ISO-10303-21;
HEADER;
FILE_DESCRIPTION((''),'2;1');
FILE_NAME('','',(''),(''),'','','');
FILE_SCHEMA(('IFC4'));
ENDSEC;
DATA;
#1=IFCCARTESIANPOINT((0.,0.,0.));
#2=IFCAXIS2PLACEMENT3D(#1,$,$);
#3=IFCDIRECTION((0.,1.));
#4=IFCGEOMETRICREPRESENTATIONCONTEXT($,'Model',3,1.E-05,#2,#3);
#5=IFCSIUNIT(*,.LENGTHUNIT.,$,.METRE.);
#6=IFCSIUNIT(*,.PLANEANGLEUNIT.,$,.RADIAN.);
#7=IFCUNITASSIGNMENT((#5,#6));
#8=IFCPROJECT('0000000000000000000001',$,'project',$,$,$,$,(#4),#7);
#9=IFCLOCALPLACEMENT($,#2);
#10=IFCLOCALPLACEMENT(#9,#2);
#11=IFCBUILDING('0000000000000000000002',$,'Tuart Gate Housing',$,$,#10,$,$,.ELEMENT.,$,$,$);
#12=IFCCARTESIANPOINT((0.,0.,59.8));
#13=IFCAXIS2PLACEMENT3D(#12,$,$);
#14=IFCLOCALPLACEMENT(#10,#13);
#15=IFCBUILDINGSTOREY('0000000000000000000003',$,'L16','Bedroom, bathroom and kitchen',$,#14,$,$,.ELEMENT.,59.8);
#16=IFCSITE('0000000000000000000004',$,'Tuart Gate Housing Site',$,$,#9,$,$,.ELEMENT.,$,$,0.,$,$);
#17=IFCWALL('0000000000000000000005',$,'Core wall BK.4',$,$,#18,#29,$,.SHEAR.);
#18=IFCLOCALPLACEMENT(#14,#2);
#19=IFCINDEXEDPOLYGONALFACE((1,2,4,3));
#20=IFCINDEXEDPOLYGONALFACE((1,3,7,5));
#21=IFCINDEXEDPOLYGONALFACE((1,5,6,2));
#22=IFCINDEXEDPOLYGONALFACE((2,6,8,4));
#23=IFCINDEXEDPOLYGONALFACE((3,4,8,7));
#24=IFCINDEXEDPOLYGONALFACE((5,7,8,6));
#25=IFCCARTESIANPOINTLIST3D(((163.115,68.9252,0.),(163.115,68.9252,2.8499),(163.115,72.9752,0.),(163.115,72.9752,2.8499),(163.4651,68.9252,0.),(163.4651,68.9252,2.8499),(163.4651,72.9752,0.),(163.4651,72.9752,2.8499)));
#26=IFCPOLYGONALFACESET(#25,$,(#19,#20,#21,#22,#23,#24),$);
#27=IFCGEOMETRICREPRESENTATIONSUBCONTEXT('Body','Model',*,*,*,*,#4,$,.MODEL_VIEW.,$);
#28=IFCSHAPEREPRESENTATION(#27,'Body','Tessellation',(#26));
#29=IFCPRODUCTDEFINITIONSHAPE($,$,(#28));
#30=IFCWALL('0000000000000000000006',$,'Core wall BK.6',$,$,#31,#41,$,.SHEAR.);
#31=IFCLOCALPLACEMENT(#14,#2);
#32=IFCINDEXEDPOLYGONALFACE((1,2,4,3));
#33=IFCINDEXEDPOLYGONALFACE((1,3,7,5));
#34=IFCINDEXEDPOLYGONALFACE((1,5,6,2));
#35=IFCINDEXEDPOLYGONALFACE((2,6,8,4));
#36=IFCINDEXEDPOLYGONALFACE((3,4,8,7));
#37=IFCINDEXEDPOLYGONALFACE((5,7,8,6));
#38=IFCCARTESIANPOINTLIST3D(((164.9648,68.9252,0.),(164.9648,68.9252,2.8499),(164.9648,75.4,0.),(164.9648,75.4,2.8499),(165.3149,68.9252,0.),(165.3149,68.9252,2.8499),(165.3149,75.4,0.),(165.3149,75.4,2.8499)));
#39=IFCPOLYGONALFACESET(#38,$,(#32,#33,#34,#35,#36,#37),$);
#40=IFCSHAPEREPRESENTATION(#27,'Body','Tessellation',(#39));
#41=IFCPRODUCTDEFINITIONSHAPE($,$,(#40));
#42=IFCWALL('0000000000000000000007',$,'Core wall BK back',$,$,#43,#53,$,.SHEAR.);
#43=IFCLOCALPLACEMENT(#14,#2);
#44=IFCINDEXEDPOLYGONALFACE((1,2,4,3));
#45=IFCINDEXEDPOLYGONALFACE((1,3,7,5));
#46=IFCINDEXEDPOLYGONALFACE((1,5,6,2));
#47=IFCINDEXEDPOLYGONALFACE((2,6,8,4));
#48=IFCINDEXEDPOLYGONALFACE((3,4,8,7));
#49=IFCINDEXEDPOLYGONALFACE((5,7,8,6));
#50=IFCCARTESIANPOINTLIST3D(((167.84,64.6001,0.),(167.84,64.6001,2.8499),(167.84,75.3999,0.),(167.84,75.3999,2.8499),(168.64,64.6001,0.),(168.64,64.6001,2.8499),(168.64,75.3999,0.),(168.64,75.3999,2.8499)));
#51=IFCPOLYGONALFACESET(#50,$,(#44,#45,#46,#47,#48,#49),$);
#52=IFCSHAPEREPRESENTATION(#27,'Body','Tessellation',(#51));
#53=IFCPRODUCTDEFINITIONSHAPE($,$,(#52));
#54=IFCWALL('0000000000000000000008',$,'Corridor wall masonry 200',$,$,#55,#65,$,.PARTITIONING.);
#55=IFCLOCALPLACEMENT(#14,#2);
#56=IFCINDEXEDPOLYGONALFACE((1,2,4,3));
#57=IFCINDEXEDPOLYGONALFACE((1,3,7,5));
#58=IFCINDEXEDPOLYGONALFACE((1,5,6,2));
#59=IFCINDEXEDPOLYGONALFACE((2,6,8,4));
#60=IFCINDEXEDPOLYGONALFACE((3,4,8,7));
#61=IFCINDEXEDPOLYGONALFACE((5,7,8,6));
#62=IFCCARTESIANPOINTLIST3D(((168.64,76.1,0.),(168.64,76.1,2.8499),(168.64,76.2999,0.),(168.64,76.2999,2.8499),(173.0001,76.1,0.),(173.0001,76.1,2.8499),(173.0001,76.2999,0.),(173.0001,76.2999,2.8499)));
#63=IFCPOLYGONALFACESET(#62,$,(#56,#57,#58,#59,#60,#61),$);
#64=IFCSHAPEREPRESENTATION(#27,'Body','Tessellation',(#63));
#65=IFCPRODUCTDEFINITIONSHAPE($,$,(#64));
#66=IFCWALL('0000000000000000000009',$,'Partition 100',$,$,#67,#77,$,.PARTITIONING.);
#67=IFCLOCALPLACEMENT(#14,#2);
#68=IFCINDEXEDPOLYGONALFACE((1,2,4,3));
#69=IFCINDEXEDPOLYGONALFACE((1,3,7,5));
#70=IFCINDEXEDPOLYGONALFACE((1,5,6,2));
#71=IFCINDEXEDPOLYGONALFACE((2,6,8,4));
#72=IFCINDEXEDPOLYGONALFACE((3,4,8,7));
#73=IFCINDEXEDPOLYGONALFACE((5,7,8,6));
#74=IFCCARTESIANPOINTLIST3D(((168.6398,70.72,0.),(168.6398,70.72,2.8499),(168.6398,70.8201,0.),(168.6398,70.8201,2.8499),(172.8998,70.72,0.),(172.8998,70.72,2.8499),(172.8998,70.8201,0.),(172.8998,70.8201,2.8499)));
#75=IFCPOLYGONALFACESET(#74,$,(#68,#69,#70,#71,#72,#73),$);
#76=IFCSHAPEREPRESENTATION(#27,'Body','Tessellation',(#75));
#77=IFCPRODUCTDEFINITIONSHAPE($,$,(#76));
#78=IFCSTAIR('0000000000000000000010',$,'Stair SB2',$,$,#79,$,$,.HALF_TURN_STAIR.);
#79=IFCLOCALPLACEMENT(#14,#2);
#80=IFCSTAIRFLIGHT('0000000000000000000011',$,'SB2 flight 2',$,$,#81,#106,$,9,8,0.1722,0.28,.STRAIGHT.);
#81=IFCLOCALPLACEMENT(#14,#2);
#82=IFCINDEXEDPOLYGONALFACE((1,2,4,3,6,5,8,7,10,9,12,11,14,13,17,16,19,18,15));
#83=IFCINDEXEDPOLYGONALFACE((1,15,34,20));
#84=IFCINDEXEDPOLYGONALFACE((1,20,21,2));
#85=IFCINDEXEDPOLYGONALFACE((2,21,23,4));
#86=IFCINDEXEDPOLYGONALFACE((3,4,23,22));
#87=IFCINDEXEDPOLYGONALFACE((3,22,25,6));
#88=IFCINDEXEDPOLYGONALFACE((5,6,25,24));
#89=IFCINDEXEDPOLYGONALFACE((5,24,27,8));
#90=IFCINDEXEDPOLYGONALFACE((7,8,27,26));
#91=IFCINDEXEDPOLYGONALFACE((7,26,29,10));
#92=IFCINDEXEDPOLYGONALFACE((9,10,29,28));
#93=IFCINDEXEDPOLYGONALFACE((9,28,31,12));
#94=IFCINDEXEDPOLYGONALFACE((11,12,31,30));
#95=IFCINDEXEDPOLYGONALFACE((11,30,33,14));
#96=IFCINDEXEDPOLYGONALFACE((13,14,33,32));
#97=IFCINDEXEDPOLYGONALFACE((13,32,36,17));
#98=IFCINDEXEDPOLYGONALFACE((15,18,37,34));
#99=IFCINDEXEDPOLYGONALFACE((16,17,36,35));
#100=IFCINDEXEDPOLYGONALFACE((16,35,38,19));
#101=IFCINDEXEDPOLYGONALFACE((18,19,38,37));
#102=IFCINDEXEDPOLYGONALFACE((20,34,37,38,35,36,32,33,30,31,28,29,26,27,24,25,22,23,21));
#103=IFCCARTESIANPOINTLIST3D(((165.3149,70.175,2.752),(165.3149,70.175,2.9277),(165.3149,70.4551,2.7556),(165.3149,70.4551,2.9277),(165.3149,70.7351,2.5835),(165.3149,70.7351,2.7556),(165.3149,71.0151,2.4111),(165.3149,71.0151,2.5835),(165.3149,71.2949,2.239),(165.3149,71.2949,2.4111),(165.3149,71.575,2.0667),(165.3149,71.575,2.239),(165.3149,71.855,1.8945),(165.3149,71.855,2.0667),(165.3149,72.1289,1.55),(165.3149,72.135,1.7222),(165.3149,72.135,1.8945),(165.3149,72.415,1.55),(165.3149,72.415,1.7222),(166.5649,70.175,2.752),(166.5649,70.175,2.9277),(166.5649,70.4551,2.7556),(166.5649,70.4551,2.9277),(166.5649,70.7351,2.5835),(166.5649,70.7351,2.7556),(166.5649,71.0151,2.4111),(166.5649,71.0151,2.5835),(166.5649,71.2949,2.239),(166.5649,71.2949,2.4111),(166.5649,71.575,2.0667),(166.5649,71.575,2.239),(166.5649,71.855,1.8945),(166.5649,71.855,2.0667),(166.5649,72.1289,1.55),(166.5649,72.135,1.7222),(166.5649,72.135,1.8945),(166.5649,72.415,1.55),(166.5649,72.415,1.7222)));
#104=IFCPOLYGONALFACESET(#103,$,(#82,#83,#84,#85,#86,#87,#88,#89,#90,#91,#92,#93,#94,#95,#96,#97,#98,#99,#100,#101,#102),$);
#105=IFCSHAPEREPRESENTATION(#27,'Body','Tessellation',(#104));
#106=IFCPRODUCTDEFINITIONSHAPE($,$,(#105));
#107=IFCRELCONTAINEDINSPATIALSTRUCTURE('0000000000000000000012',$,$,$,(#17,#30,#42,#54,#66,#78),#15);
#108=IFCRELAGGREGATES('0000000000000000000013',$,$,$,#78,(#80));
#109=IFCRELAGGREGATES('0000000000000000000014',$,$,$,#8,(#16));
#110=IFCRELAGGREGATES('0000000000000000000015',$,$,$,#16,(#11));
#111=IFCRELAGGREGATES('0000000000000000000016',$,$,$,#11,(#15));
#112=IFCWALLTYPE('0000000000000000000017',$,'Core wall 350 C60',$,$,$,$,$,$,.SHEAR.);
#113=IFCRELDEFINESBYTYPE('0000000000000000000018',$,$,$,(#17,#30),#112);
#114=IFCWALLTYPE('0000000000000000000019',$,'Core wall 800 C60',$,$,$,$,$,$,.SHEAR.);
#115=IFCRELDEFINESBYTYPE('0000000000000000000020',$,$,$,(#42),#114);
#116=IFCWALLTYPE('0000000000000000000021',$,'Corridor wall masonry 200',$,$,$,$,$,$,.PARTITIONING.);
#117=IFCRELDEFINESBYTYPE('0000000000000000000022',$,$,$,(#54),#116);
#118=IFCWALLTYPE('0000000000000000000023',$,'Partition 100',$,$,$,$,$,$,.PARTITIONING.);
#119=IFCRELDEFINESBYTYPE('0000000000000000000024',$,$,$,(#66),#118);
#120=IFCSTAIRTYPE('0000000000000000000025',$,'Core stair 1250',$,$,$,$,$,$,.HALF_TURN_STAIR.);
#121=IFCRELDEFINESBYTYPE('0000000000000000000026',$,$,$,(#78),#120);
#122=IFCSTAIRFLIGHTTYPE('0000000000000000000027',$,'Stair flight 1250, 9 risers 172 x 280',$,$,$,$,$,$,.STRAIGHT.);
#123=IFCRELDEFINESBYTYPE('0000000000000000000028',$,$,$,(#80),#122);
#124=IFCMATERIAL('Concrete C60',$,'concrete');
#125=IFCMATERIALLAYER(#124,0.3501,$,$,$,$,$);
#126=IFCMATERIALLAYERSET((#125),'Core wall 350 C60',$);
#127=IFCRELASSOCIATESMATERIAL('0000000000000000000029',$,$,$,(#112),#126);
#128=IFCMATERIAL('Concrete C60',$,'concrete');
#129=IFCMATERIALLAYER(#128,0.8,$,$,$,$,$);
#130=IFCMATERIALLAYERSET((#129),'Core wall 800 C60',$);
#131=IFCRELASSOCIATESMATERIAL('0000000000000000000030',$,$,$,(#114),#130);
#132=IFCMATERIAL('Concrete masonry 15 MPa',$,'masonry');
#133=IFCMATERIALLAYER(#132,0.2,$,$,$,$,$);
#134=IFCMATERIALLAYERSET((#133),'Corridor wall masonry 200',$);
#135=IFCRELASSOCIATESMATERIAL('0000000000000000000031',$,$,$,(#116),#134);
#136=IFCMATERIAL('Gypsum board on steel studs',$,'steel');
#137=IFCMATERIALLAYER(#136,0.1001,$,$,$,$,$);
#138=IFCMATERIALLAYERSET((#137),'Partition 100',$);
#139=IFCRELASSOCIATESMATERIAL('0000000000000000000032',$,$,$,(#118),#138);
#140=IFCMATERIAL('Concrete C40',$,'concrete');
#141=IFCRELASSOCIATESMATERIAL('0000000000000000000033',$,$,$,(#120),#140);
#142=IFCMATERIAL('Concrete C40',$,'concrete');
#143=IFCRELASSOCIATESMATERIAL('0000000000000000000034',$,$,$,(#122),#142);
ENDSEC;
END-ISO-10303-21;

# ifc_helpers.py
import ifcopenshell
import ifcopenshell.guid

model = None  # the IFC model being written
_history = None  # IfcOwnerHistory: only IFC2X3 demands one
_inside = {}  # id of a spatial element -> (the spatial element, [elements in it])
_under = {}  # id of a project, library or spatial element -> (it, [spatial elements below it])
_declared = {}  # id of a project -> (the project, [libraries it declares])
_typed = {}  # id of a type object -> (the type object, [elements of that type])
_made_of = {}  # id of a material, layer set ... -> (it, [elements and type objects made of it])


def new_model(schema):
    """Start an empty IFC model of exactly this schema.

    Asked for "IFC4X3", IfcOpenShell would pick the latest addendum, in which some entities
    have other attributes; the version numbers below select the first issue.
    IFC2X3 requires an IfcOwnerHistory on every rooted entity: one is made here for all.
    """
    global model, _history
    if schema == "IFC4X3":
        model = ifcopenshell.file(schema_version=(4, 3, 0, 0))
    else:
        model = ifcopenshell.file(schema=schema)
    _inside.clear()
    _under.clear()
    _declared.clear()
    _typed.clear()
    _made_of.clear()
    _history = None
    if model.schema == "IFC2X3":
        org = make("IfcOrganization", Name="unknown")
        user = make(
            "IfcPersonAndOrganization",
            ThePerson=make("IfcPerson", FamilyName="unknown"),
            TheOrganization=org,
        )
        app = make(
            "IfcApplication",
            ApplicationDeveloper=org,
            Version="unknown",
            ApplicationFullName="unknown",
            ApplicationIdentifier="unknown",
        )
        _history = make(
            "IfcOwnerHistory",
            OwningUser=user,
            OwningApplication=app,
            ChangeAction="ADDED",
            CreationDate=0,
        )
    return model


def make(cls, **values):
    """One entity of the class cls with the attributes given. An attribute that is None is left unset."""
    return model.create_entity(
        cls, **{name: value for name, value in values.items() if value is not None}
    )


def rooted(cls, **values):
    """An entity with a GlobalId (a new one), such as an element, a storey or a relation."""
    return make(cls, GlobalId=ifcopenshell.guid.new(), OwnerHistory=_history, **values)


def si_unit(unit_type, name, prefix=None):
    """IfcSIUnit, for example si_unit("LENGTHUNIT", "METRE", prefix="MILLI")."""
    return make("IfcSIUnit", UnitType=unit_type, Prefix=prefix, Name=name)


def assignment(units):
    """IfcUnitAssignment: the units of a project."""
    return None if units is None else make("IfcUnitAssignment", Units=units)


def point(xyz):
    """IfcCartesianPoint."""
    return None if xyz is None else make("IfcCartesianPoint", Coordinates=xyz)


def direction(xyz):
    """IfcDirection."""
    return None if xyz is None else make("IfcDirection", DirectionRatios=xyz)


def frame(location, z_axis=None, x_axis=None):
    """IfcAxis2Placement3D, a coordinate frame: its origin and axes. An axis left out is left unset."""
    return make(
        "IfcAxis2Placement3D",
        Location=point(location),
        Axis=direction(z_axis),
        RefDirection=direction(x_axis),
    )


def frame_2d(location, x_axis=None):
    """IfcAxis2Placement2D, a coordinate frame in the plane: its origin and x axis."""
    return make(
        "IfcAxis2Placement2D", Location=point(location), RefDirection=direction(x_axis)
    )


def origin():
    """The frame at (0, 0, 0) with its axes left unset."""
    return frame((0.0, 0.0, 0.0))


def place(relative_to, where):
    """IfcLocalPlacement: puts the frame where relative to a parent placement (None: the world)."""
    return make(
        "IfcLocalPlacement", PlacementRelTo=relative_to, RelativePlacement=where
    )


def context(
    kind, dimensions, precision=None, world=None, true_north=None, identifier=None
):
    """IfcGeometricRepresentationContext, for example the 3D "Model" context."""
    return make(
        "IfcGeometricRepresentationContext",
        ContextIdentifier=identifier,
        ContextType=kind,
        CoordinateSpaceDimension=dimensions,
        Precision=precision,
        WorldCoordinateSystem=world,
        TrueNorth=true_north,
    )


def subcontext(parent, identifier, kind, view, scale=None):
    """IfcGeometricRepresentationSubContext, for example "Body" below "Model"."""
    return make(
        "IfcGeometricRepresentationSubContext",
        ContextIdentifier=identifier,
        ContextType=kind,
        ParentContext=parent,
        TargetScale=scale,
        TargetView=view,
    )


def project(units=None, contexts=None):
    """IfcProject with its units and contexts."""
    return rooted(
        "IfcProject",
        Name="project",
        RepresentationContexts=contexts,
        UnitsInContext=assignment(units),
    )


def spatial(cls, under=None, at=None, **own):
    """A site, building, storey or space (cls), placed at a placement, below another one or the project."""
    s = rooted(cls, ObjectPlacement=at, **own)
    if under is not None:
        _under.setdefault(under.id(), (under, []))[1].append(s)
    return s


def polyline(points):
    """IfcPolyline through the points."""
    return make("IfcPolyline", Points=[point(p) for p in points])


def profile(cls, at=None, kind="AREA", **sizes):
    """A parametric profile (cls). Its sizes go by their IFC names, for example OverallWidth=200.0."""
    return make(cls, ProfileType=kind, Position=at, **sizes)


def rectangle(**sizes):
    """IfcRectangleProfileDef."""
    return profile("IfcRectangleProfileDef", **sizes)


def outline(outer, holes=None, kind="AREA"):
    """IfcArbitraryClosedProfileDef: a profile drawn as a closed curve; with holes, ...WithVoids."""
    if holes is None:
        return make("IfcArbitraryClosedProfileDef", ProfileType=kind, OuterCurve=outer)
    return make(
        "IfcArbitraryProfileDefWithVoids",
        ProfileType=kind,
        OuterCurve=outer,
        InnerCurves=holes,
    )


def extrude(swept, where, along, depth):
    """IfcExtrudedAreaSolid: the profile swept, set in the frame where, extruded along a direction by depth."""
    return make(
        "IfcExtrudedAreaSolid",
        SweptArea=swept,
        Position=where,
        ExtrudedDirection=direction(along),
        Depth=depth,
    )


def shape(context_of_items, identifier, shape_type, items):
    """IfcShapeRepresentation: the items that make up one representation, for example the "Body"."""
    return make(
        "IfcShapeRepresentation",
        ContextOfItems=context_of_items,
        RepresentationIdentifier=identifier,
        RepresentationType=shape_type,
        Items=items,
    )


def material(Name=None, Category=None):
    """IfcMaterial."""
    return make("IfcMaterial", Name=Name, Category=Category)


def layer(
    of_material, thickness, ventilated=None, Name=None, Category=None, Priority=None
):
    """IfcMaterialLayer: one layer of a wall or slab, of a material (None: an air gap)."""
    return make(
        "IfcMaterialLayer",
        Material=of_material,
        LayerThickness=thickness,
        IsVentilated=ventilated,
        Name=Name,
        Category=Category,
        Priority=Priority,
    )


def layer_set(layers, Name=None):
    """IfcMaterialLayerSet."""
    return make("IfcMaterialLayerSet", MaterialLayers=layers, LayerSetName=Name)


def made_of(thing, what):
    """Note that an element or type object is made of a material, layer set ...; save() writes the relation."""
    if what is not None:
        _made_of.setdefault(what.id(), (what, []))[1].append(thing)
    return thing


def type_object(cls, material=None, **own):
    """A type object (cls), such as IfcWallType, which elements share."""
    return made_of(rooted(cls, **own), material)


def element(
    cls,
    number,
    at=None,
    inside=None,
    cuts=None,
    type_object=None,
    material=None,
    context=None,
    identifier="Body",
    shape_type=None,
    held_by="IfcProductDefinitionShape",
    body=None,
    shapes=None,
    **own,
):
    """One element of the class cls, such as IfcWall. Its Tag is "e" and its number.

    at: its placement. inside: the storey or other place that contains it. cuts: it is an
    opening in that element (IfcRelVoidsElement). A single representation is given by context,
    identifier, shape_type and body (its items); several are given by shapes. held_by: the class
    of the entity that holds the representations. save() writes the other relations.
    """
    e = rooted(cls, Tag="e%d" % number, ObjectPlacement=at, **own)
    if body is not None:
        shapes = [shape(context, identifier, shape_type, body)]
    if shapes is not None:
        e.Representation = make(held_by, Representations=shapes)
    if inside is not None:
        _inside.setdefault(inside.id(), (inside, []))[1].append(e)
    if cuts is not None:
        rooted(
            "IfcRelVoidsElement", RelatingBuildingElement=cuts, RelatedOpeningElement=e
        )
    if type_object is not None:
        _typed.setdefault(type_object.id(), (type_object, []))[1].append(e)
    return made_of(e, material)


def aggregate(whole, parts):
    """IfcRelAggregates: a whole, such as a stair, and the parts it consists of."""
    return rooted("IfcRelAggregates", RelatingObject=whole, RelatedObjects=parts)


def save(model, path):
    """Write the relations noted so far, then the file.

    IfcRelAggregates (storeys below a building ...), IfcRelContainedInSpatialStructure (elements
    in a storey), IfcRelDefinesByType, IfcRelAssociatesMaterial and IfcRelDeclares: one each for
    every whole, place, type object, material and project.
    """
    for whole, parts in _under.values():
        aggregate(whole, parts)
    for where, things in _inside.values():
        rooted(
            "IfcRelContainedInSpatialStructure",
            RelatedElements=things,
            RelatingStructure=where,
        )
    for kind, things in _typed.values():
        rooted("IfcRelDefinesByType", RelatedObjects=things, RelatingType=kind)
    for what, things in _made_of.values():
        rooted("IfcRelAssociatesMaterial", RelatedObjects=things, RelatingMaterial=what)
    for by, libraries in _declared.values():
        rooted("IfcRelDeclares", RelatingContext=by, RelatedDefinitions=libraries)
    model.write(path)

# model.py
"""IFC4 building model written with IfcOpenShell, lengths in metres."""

from ifc_helpers import new_model, si_unit, direction, frame, frame_2d, origin, place, context, subcontext, project, spatial, polyline, rectangle, outline, extrude, material, layer, layer_set, type_object, element, aggregate, save


model = new_model("IFC4")

# Units and contexts
model_context = context("Model", 3, precision=1e-05, world=origin(), true_north=direction((0.0, 1.0)))
body_context = subcontext(model_context, "Body", "Model", "MODEL_VIEW")
ifc_project = project(units=[si_unit("LENGTHUNIT", "METRE"), si_unit("PLANEANGLEUNIT", "RADIAN")], contexts=[model_context])

# Site, building, storey
site_placement = place(None, origin())
site = spatial("IfcSite", under=ifc_project, at=site_placement, Name="Tuart Gate Housing Site", CompositionType="ELEMENT", RefElevation=0.0)
building_placement = place(site_placement, origin())
building = spatial("IfcBuilding", under=site, at=building_placement, Name="Tuart Gate Housing", CompositionType="ELEMENT")
storey_placement = place(building_placement, frame((0.0, 0.0, 59.8)))
storey = spatial("IfcBuildingStorey", under=building, at=storey_placement, Name="L16", Description="Bedroom, bathroom and kitchen", CompositionType="ELEMENT", Elevation=59.8)

# Walls
ifc_material_1 = material(Name="Concrete C60", Category="concrete")
ifc_layer_1 = layer(ifc_material_1, 0.3501)
ifc_layer_set_1 = layer_set([ifc_layer_1], Name="Core wall 350 C60")
wall_type_1 = type_object("IfcWallType", Name="Core wall 350 C60", PredefinedType="SHEAR", material=ifc_layer_set_1)
wall_1_placement = place(storey_placement, frame((163.29, 72.9751, 0.0), z_axis=(0.0, 0.0, 1.0), x_axis=(0.0, -1.0, 0.0)))
element("IfcWall", 1, at=wall_1_placement, inside=storey, type_object=wall_type_1, Name="Core wall BK.4", PredefinedType="SHEAR", context=body_context, shape_type="SweptSolid", body=[
    extrude(rectangle(XDim=4.05, YDim=0.3501, at=frame_2d((2.0249, 0.0))), origin(), (0.0, 0.0, 1.0), 2.8499),
])
wall_2_placement = place(storey_placement, frame((165.1399, 75.3999, 0.0), z_axis=(0.0, 0.0, 1.0), x_axis=(0.0, -1.0, 0.0)))
element("IfcWall", 2, at=wall_2_placement, inside=storey, type_object=wall_type_1, Name="Core wall BK.6", PredefinedType="SHEAR", context=body_context, shape_type="SweptSolid", body=[
    extrude(rectangle(XDim=6.4749, YDim=0.3501, at=frame_2d((3.2373, 0.0))), origin(), (0.0, 0.0, 1.0), 2.8499),
])
ifc_material_2 = material(Name="Concrete C60", Category="concrete")
ifc_layer_2 = layer(ifc_material_2, 0.8)
ifc_layer_set_2 = layer_set([ifc_layer_2], Name="Core wall 800 C60")
wall_type_2 = type_object("IfcWallType", Name="Core wall 800 C60", PredefinedType="SHEAR", material=ifc_layer_set_2)
wall_3_placement = place(storey_placement, frame((168.24, 75.3999, 0.0), z_axis=(0.0, 0.0, 1.0), x_axis=(0.0, -1.0, 0.0)))
element("IfcWall", 3, at=wall_3_placement, inside=storey, type_object=wall_type_2, Name="Core wall BK back", PredefinedType="SHEAR", context=body_context, shape_type="SweptSolid", body=[
    extrude(rectangle(XDim=10.7998, YDim=0.8, at=frame_2d((5.3999, 0.0))), origin(), (0.0, 0.0, 1.0), 2.8499),
])
ifc_material_3 = material(Name="Concrete masonry 15 MPa", Category="masonry")
ifc_layer_3 = layer(ifc_material_3, 0.2)
ifc_layer_set_3 = layer_set([ifc_layer_3], Name="Corridor wall masonry 200")
wall_type_3 = type_object("IfcWallType", Name="Corridor wall masonry 200", PredefinedType="PARTITIONING", material=ifc_layer_set_3)
wall_4_placement = place(storey_placement, frame((168.6399, 76.2, 0.0), z_axis=(0.0, 0.0, 1.0), x_axis=(1.0, 0.0, 0.0)))
element("IfcWall", 4, at=wall_4_placement, inside=storey, type_object=wall_type_3, Name="Corridor wall masonry 200", PredefinedType="PARTITIONING", context=body_context, shape_type="SweptSolid", body=[
    extrude(rectangle(XDim=4.3601, YDim=0.2, at=frame_2d((2.1802, 0.0))), origin(), (0.0, 0.0, 1.0), 2.8499),
])
ifc_material_4 = material(Name="Gypsum board on steel studs", Category="steel")
ifc_layer_4 = layer(ifc_material_4, 0.1001)
ifc_layer_set_4 = layer_set([ifc_layer_4], Name="Partition 100")
wall_type_4 = type_object("IfcWallType", Name="Partition 100", PredefinedType="PARTITIONING", material=ifc_layer_set_4)
wall_5_placement = place(storey_placement, frame((168.6399, 70.77, 0.0), z_axis=(0.0, 0.0, 1.0), x_axis=(1.0, 0.0, 0.0)))
element("IfcWall", 5, at=wall_5_placement, inside=storey, type_object=wall_type_4, Name="Partition 100", PredefinedType="PARTITIONING", context=body_context, shape_type="SweptSolid", body=[
    extrude(rectangle(XDim=4.26, YDim=0.1001, at=frame_2d((2.1299, 0.0))), origin(), (0.0, 0.0, 1.0), 2.8499),
])

# Stair, stair flight
ifc_material_5 = material(Name="Concrete C40", Category="concrete")
stair_type = type_object("IfcStairType", Name="Core stair 1250", PredefinedType="HALF_TURN_STAIR", material=ifc_material_5)
stair_placement = place(storey_placement, origin())
stair = element("IfcStair", 6, at=stair_placement, inside=storey, type_object=stair_type, Name="Stair SB2", PredefinedType="HALF_TURN_STAIR")
ifc_material_6 = material(Name="Concrete C40", Category="concrete")
stair_flight_type = type_object("IfcStairFlightType", Name="Stair flight 1250, 9 risers 172 x 280", PredefinedType="STRAIGHT", material=ifc_material_6)
stair_flight_placement = place(storey_placement, frame((165.9399, 72.415, 1.55), z_axis=(0.0, 0.0, 1.0), x_axis=(0.0, -1.0, 0.0)))
stair_flight = element("IfcStairFlight", 7, at=stair_flight_placement, type_object=stair_flight_type, Name="SB2 flight 2", NumberOfRisers=9, NumberOfTreads=8, PredefinedType="STRAIGHT", RiserHeight=0.1722, TreadLength=0.28, context=body_context, shape_type="SweptSolid", body=[
    extrude(outline(polyline([(0.0, 0.0), (0.0, 0.1721), (0.28, 0.1721), (0.28, 0.3445), (0.5601, 0.3445), (0.5601, 0.5166), (0.8401, 0.5166), (0.8401, 0.689), (1.1201, 0.689), (1.1201, 0.8611), (1.3999, 0.8611), (1.3999, 1.0334), (1.6799, 1.0334), (1.6799, 1.2056), (1.96, 1.2056), (1.96, 1.3777), (2.24, 1.3777), (2.24, 1.55), (2.24, 1.2019), (0.2861, 0.0), (0.0, 0.0)])), frame((0.0, 0.625, 0.0), z_axis=(0.0, -1.0, 0.0), x_axis=(1.0, 0.0, 0.0)), (0.0, 0.0, 1.0), 1.25),
])
aggregate(stair, [stair_flight])

save(model, "model.ifc")
